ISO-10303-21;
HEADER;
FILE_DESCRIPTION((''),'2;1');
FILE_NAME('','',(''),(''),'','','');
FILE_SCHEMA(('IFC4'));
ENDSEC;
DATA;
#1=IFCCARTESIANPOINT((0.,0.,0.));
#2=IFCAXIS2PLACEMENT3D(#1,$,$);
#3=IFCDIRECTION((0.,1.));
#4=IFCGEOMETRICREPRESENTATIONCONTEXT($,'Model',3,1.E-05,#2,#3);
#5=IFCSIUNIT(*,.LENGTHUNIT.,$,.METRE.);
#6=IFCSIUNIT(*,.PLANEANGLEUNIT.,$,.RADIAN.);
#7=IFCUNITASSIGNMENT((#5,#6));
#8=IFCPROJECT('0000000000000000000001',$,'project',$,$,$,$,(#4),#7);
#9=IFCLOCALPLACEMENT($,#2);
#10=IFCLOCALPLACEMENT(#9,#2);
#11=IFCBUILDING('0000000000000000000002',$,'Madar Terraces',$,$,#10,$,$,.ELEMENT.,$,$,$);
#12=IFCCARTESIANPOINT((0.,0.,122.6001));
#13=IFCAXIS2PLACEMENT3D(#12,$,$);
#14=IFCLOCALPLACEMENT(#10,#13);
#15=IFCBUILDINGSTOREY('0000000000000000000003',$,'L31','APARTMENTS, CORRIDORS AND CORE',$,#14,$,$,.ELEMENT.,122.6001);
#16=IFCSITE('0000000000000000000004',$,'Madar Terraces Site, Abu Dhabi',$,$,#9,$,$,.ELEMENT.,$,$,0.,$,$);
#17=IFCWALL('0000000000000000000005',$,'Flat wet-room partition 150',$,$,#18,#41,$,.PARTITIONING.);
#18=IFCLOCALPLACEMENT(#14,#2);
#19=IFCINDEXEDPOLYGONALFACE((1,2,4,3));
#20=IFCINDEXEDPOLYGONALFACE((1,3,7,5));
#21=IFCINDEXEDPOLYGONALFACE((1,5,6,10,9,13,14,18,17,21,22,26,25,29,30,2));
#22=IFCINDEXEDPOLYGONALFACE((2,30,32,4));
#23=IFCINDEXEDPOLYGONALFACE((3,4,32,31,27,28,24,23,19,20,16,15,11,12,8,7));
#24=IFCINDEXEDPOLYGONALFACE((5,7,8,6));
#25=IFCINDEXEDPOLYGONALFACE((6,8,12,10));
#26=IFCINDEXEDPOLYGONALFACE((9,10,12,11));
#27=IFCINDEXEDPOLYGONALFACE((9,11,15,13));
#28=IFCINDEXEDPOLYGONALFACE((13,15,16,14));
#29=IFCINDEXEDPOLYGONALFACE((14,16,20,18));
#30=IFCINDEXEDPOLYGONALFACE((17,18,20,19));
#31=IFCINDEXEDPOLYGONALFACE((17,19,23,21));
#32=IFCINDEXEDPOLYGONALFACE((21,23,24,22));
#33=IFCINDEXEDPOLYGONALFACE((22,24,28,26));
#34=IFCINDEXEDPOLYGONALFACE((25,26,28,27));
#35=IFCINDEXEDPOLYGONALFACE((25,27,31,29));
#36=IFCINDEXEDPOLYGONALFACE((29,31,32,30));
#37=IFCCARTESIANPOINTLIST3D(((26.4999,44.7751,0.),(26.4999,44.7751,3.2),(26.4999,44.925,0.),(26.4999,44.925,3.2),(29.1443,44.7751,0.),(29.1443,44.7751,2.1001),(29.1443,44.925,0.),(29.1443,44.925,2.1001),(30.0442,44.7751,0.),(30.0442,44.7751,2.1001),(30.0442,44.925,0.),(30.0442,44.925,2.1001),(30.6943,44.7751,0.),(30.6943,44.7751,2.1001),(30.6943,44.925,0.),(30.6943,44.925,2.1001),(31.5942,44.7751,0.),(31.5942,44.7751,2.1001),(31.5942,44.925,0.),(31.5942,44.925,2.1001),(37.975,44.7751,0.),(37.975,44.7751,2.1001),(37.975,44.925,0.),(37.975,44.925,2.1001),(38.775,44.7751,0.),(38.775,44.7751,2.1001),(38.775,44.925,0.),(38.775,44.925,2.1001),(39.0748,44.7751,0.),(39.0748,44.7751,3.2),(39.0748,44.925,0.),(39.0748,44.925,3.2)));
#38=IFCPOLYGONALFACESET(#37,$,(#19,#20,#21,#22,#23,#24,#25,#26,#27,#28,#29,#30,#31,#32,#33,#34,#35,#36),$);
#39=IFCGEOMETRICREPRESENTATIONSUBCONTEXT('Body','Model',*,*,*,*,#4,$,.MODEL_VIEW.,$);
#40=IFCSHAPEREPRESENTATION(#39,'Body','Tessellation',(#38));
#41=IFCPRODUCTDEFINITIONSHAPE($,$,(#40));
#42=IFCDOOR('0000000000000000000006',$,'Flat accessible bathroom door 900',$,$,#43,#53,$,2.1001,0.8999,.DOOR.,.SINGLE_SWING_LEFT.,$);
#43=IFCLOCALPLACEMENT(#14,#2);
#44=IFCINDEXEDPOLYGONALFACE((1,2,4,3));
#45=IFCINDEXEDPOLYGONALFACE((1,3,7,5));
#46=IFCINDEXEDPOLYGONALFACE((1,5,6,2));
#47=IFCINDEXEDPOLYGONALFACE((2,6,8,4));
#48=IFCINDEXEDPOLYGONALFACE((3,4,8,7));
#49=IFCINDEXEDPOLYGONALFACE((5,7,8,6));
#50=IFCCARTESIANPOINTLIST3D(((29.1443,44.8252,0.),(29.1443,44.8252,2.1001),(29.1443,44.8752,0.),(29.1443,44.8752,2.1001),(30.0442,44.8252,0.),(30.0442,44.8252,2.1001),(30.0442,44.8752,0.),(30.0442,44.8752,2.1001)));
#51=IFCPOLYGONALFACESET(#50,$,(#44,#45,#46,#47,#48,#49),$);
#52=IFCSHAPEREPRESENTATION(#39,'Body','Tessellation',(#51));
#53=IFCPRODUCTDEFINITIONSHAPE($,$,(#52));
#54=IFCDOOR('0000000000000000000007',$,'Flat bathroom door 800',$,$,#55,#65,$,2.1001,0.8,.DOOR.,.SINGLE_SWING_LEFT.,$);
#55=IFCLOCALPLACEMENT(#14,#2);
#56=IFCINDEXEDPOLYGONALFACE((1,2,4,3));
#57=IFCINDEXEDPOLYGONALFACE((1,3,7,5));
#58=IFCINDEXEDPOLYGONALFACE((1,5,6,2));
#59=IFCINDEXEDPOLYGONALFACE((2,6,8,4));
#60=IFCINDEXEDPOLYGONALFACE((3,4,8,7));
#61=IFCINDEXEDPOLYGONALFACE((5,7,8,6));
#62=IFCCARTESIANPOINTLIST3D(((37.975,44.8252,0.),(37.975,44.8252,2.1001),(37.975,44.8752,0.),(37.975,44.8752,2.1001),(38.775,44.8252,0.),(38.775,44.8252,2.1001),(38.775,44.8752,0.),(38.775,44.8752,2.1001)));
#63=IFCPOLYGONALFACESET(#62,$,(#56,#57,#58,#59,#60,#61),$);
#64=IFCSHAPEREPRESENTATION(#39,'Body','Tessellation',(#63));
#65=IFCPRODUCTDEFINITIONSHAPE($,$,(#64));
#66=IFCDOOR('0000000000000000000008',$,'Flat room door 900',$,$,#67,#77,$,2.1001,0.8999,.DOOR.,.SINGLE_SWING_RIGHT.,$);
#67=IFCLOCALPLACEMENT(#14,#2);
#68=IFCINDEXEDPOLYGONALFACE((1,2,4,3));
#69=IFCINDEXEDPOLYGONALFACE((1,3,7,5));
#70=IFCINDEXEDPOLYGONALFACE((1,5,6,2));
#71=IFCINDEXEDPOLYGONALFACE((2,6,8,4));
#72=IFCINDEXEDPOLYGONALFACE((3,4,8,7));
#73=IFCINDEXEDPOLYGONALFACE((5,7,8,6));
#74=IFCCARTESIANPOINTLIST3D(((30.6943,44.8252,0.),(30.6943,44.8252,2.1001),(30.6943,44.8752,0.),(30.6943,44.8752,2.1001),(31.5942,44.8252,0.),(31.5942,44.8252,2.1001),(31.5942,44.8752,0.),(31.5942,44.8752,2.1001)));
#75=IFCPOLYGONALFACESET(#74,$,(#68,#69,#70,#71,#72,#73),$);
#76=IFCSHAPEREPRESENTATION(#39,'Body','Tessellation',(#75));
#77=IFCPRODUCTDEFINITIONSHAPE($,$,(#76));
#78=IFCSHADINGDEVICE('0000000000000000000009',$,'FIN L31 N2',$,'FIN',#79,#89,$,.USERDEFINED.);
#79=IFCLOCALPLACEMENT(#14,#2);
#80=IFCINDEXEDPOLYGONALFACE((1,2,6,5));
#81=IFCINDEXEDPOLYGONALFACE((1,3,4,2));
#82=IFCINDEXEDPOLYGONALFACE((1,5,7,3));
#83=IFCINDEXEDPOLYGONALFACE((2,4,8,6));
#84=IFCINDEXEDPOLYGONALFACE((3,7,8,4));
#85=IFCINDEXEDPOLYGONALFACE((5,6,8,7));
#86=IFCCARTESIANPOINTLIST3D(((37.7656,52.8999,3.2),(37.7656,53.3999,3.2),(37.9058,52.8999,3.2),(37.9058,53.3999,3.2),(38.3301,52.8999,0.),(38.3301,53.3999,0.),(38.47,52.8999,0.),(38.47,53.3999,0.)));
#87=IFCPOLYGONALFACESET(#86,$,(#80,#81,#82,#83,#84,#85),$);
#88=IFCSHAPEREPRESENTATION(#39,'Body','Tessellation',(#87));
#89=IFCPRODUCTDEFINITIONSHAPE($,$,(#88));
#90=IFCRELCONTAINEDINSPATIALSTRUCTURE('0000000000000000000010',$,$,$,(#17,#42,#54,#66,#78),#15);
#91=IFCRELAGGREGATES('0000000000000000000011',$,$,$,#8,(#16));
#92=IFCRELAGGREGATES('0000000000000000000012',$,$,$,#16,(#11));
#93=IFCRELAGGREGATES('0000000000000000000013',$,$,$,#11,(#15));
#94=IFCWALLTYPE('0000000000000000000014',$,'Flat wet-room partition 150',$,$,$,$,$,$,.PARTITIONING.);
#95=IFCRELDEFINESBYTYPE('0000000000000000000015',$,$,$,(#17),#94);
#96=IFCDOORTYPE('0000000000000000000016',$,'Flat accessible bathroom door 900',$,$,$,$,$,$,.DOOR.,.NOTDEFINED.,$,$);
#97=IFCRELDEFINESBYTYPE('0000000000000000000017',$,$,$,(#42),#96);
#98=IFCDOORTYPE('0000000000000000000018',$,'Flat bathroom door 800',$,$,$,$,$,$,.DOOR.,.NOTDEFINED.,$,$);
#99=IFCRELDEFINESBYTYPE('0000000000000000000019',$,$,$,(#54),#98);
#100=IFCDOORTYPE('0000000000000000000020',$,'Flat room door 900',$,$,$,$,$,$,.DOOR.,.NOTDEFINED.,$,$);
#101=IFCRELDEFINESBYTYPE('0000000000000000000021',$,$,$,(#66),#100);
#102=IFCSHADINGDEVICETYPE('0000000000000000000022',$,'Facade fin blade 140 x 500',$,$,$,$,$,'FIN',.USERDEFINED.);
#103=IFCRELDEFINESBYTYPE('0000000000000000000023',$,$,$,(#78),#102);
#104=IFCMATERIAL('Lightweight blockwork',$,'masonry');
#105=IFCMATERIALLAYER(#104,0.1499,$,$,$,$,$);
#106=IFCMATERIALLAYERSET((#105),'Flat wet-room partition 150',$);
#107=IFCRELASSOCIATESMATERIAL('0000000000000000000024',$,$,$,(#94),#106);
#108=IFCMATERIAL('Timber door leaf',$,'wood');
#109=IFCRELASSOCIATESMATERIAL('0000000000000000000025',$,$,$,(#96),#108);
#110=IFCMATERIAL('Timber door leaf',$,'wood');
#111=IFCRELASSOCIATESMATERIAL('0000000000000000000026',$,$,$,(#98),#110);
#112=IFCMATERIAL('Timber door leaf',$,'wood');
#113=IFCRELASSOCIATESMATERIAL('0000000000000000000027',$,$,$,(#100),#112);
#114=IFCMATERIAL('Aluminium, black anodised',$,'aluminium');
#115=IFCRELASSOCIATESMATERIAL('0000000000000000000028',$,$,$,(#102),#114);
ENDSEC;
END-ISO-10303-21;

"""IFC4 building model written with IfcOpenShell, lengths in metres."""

from ifc_helpers import new_model, si_unit, direction, frame, frame_2d, origin, place, context, subcontext, project, spatial, polyline, rectangle, outline, extrude, material, layer, layer_set, type_object, element, fill, save


model = new_model("IFC4")

# Units and contexts
model_context = context("Model", 3, precision=1e-05, world=origin(), true_north=direction((0.0, 1.0)))
body_context = subcontext(model_context, "Body", "Model", "MODEL_VIEW")
ifc_project = project(units=[si_unit("LENGTHUNIT", "METRE"), si_unit("PLANEANGLEUNIT", "RADIAN")], contexts=[model_context])

# Site, building, storey
site_placement = place(None, origin())
site = spatial("IfcSite", under=ifc_project, at=site_placement, Name="Madar Terraces Site, Abu Dhabi", CompositionType="ELEMENT", RefElevation=0.0)
building_placement = place(site_placement, origin())
building = spatial("IfcBuilding", under=site, at=building_placement, Name="Madar Terraces", CompositionType="ELEMENT")
storey_placement = place(building_placement, frame((0.0, 0.0, 122.6001)))
storey = spatial("IfcBuildingStorey", under=building, at=storey_placement, Name="L31", Description="APARTMENTS, CORRIDORS AND CORE", CompositionType="ELEMENT", Elevation=122.6001)

# Wall, openings, doors
ifc_material_1 = material(Name="Lightweight blockwork", Category="masonry")
ifc_layer_1 = layer(ifc_material_1, 0.1499)
ifc_layer_set_1 = layer_set([ifc_layer_1], Name="Flat wet-room partition 150")
wall_type_1 = type_object("IfcWallType", Name="Flat wet-room partition 150", PredefinedType="PARTITIONING", material=ifc_layer_set_1)
wall_1_placement = place(storey_placement, frame((39.075, 44.8501, 0.0), z_axis=(0.0, 0.0, 1.0), x_axis=(-1.0, 0.0, 0.0)))
wall_1 = element("IfcWall", 1, at=wall_1_placement, inside=storey, type_object=wall_type_1, Name="Flat wet-room partition 150", PredefinedType="PARTITIONING", context=body_context, shape_type="SweptSolid", body=[
    extrude(rectangle(XDim=12.575, YDim=0.1499, at=frame_2d((6.2876, 0.0))), origin(), (0.0, 0.0, 1.0), 3.2),
])
opening_1_placement = place(wall_1_placement, frame((0.3, 0.0, 0.0)))
opening_1 = element("IfcOpeningElement", 2, at=opening_1_placement, cuts=wall_1, PredefinedType="OPENING", context=body_context, shape_type="SweptSolid", body=[
    extrude(rectangle(XDim=0.8, YDim=2.1001, at=frame_2d((0.3999, 1.05))), frame((0.0, 0.085, 0.0), z_axis=(0.0, -1.0, 0.0), x_axis=(1.0, 0.0, 0.0)), (0.0, 0.0, 1.0), 0.1699),
])
opening_2_placement = place(wall_1_placement, frame((7.4807, 0.0, 0.0)))
opening_2 = element("IfcOpeningElement", 3, at=opening_2_placement, cuts=wall_1, PredefinedType="OPENING", context=body_context, shape_type="SweptSolid", body=[
    extrude(rectangle(XDim=0.8999, YDim=2.1001, at=frame_2d((0.45, 1.05))), frame((0.0, 0.085, 0.0), z_axis=(0.0, -1.0, 0.0), x_axis=(1.0, 0.0, 0.0)), (0.0, 0.0, 1.0), 0.1699),
])
opening_3_placement = place(wall_1_placement, frame((9.0308, 0.0, 0.0)))
opening_3 = element("IfcOpeningElement", 4, at=opening_3_placement, cuts=wall_1, PredefinedType="OPENING", context=body_context, shape_type="SweptSolid", body=[
    extrude(rectangle(XDim=0.8999, YDim=2.1001, at=frame_2d((0.45, 1.05))), frame((0.0, 0.085, 0.0), z_axis=(0.0, -1.0, 0.0), x_axis=(1.0, 0.0, 0.0)), (0.0, 0.0, 1.0), 0.1699),
])
ifc_material_2 = material(Name="Timber door leaf", Category="wood")
door_type_1 = type_object("IfcDoorType", Name="Flat accessible bathroom door 900", OperationType="NOTDEFINED", PredefinedType="DOOR", material=ifc_material_2)
door_1_placement = place(opening_3_placement, origin())
door_1 = element("IfcDoor", 5, at=door_1_placement, inside=storey, type_object=door_type_1, Name="Flat accessible bathroom door 900", OperationType="SINGLE_SWING_LEFT", OverallHeight=2.1001, OverallWidth=0.8999, PredefinedType="DOOR", context=body_context, shape_type="SweptSolid", body=[
    extrude(rectangle(XDim=0.8999, YDim=2.1001, at=frame_2d((0.45, 1.05))), frame((0.0, 0.0249, 0.0), z_axis=(0.0, -1.0, 0.0), x_axis=(1.0, 0.0, 0.0)), (0.0, 0.0, 1.0), 0.05),
])
fill(opening_3, door_1)
ifc_material_3 = material(Name="Timber door leaf", Category="wood")
door_type_2 = type_object("IfcDoorType", Name="Flat bathroom door 800", OperationType="NOTDEFINED", PredefinedType="DOOR", material=ifc_material_3)
door_2_placement = place(opening_1_placement, origin())
door_2 = element("IfcDoor", 6, at=door_2_placement, inside=storey, type_object=door_type_2, Name="Flat bathroom door 800", OperationType="SINGLE_SWING_LEFT", OverallHeight=2.1001, OverallWidth=0.8, PredefinedType="DOOR", context=body_context, shape_type="SweptSolid", body=[
    extrude(rectangle(XDim=0.8, YDim=2.1001, at=frame_2d((0.3999, 1.05))), frame((0.0, 0.0249, 0.0), z_axis=(0.0, -1.0, 0.0), x_axis=(1.0, 0.0, 0.0)), (0.0, 0.0, 1.0), 0.05),
])
fill(opening_1, door_2)
ifc_material_4 = material(Name="Timber door leaf", Category="wood")
door_type_3 = type_object("IfcDoorType", Name="Flat room door 900", OperationType="NOTDEFINED", PredefinedType="DOOR", material=ifc_material_4)
door_3_placement = place(opening_2_placement, origin())
door_3 = element("IfcDoor", 7, at=door_3_placement, inside=storey, type_object=door_type_3, Name="Flat room door 900", OperationType="SINGLE_SWING_RIGHT", OverallHeight=2.1001, OverallWidth=0.8999, PredefinedType="DOOR", context=body_context, shape_type="SweptSolid", body=[
    extrude(rectangle(XDim=0.8999, YDim=2.1001, at=frame_2d((0.45, 1.05))), frame((0.0, 0.0249, 0.0), z_axis=(0.0, -1.0, 0.0), x_axis=(1.0, 0.0, 0.0)), (0.0, 0.0, 1.0), 0.05),
])
fill(opening_2, door_3)

# Shading device
ifc_material_5 = material(Name="Aluminium, black anodised", Category="aluminium")
shading_device_type = type_object("IfcShadingDeviceType", Name="Facade fin blade 140 x 500", ElementType="FIN", PredefinedType="USERDEFINED", material=ifc_material_5)
shading_device_placement = place(storey_placement, frame((38.47, 53.1499, 0.0), z_axis=(0.0, 0.0, 1.0), x_axis=(-1.0, 0.0, 0.0)))
element("IfcShadingDevice", 8, at=shading_device_placement, inside=storey, type_object=shading_device_type, Name="FIN L31 N2", ObjectType="FIN", PredefinedType="USERDEFINED", context=body_context, shape_type="SweptSolid", body=[
    extrude(outline(polyline([(0.0, 0.0), (0.1399, 0.0), (0.7043, 3.2), (0.5642, 3.2), (0.0, 0.0)])), frame((0.0, 0.25, 0.0), z_axis=(0.0, -1.0, 0.0), x_axis=(1.0, 0.0, 0.0)), (0.0, 0.0, 1.0), 0.5),
])

save(model, "model.ifc")
